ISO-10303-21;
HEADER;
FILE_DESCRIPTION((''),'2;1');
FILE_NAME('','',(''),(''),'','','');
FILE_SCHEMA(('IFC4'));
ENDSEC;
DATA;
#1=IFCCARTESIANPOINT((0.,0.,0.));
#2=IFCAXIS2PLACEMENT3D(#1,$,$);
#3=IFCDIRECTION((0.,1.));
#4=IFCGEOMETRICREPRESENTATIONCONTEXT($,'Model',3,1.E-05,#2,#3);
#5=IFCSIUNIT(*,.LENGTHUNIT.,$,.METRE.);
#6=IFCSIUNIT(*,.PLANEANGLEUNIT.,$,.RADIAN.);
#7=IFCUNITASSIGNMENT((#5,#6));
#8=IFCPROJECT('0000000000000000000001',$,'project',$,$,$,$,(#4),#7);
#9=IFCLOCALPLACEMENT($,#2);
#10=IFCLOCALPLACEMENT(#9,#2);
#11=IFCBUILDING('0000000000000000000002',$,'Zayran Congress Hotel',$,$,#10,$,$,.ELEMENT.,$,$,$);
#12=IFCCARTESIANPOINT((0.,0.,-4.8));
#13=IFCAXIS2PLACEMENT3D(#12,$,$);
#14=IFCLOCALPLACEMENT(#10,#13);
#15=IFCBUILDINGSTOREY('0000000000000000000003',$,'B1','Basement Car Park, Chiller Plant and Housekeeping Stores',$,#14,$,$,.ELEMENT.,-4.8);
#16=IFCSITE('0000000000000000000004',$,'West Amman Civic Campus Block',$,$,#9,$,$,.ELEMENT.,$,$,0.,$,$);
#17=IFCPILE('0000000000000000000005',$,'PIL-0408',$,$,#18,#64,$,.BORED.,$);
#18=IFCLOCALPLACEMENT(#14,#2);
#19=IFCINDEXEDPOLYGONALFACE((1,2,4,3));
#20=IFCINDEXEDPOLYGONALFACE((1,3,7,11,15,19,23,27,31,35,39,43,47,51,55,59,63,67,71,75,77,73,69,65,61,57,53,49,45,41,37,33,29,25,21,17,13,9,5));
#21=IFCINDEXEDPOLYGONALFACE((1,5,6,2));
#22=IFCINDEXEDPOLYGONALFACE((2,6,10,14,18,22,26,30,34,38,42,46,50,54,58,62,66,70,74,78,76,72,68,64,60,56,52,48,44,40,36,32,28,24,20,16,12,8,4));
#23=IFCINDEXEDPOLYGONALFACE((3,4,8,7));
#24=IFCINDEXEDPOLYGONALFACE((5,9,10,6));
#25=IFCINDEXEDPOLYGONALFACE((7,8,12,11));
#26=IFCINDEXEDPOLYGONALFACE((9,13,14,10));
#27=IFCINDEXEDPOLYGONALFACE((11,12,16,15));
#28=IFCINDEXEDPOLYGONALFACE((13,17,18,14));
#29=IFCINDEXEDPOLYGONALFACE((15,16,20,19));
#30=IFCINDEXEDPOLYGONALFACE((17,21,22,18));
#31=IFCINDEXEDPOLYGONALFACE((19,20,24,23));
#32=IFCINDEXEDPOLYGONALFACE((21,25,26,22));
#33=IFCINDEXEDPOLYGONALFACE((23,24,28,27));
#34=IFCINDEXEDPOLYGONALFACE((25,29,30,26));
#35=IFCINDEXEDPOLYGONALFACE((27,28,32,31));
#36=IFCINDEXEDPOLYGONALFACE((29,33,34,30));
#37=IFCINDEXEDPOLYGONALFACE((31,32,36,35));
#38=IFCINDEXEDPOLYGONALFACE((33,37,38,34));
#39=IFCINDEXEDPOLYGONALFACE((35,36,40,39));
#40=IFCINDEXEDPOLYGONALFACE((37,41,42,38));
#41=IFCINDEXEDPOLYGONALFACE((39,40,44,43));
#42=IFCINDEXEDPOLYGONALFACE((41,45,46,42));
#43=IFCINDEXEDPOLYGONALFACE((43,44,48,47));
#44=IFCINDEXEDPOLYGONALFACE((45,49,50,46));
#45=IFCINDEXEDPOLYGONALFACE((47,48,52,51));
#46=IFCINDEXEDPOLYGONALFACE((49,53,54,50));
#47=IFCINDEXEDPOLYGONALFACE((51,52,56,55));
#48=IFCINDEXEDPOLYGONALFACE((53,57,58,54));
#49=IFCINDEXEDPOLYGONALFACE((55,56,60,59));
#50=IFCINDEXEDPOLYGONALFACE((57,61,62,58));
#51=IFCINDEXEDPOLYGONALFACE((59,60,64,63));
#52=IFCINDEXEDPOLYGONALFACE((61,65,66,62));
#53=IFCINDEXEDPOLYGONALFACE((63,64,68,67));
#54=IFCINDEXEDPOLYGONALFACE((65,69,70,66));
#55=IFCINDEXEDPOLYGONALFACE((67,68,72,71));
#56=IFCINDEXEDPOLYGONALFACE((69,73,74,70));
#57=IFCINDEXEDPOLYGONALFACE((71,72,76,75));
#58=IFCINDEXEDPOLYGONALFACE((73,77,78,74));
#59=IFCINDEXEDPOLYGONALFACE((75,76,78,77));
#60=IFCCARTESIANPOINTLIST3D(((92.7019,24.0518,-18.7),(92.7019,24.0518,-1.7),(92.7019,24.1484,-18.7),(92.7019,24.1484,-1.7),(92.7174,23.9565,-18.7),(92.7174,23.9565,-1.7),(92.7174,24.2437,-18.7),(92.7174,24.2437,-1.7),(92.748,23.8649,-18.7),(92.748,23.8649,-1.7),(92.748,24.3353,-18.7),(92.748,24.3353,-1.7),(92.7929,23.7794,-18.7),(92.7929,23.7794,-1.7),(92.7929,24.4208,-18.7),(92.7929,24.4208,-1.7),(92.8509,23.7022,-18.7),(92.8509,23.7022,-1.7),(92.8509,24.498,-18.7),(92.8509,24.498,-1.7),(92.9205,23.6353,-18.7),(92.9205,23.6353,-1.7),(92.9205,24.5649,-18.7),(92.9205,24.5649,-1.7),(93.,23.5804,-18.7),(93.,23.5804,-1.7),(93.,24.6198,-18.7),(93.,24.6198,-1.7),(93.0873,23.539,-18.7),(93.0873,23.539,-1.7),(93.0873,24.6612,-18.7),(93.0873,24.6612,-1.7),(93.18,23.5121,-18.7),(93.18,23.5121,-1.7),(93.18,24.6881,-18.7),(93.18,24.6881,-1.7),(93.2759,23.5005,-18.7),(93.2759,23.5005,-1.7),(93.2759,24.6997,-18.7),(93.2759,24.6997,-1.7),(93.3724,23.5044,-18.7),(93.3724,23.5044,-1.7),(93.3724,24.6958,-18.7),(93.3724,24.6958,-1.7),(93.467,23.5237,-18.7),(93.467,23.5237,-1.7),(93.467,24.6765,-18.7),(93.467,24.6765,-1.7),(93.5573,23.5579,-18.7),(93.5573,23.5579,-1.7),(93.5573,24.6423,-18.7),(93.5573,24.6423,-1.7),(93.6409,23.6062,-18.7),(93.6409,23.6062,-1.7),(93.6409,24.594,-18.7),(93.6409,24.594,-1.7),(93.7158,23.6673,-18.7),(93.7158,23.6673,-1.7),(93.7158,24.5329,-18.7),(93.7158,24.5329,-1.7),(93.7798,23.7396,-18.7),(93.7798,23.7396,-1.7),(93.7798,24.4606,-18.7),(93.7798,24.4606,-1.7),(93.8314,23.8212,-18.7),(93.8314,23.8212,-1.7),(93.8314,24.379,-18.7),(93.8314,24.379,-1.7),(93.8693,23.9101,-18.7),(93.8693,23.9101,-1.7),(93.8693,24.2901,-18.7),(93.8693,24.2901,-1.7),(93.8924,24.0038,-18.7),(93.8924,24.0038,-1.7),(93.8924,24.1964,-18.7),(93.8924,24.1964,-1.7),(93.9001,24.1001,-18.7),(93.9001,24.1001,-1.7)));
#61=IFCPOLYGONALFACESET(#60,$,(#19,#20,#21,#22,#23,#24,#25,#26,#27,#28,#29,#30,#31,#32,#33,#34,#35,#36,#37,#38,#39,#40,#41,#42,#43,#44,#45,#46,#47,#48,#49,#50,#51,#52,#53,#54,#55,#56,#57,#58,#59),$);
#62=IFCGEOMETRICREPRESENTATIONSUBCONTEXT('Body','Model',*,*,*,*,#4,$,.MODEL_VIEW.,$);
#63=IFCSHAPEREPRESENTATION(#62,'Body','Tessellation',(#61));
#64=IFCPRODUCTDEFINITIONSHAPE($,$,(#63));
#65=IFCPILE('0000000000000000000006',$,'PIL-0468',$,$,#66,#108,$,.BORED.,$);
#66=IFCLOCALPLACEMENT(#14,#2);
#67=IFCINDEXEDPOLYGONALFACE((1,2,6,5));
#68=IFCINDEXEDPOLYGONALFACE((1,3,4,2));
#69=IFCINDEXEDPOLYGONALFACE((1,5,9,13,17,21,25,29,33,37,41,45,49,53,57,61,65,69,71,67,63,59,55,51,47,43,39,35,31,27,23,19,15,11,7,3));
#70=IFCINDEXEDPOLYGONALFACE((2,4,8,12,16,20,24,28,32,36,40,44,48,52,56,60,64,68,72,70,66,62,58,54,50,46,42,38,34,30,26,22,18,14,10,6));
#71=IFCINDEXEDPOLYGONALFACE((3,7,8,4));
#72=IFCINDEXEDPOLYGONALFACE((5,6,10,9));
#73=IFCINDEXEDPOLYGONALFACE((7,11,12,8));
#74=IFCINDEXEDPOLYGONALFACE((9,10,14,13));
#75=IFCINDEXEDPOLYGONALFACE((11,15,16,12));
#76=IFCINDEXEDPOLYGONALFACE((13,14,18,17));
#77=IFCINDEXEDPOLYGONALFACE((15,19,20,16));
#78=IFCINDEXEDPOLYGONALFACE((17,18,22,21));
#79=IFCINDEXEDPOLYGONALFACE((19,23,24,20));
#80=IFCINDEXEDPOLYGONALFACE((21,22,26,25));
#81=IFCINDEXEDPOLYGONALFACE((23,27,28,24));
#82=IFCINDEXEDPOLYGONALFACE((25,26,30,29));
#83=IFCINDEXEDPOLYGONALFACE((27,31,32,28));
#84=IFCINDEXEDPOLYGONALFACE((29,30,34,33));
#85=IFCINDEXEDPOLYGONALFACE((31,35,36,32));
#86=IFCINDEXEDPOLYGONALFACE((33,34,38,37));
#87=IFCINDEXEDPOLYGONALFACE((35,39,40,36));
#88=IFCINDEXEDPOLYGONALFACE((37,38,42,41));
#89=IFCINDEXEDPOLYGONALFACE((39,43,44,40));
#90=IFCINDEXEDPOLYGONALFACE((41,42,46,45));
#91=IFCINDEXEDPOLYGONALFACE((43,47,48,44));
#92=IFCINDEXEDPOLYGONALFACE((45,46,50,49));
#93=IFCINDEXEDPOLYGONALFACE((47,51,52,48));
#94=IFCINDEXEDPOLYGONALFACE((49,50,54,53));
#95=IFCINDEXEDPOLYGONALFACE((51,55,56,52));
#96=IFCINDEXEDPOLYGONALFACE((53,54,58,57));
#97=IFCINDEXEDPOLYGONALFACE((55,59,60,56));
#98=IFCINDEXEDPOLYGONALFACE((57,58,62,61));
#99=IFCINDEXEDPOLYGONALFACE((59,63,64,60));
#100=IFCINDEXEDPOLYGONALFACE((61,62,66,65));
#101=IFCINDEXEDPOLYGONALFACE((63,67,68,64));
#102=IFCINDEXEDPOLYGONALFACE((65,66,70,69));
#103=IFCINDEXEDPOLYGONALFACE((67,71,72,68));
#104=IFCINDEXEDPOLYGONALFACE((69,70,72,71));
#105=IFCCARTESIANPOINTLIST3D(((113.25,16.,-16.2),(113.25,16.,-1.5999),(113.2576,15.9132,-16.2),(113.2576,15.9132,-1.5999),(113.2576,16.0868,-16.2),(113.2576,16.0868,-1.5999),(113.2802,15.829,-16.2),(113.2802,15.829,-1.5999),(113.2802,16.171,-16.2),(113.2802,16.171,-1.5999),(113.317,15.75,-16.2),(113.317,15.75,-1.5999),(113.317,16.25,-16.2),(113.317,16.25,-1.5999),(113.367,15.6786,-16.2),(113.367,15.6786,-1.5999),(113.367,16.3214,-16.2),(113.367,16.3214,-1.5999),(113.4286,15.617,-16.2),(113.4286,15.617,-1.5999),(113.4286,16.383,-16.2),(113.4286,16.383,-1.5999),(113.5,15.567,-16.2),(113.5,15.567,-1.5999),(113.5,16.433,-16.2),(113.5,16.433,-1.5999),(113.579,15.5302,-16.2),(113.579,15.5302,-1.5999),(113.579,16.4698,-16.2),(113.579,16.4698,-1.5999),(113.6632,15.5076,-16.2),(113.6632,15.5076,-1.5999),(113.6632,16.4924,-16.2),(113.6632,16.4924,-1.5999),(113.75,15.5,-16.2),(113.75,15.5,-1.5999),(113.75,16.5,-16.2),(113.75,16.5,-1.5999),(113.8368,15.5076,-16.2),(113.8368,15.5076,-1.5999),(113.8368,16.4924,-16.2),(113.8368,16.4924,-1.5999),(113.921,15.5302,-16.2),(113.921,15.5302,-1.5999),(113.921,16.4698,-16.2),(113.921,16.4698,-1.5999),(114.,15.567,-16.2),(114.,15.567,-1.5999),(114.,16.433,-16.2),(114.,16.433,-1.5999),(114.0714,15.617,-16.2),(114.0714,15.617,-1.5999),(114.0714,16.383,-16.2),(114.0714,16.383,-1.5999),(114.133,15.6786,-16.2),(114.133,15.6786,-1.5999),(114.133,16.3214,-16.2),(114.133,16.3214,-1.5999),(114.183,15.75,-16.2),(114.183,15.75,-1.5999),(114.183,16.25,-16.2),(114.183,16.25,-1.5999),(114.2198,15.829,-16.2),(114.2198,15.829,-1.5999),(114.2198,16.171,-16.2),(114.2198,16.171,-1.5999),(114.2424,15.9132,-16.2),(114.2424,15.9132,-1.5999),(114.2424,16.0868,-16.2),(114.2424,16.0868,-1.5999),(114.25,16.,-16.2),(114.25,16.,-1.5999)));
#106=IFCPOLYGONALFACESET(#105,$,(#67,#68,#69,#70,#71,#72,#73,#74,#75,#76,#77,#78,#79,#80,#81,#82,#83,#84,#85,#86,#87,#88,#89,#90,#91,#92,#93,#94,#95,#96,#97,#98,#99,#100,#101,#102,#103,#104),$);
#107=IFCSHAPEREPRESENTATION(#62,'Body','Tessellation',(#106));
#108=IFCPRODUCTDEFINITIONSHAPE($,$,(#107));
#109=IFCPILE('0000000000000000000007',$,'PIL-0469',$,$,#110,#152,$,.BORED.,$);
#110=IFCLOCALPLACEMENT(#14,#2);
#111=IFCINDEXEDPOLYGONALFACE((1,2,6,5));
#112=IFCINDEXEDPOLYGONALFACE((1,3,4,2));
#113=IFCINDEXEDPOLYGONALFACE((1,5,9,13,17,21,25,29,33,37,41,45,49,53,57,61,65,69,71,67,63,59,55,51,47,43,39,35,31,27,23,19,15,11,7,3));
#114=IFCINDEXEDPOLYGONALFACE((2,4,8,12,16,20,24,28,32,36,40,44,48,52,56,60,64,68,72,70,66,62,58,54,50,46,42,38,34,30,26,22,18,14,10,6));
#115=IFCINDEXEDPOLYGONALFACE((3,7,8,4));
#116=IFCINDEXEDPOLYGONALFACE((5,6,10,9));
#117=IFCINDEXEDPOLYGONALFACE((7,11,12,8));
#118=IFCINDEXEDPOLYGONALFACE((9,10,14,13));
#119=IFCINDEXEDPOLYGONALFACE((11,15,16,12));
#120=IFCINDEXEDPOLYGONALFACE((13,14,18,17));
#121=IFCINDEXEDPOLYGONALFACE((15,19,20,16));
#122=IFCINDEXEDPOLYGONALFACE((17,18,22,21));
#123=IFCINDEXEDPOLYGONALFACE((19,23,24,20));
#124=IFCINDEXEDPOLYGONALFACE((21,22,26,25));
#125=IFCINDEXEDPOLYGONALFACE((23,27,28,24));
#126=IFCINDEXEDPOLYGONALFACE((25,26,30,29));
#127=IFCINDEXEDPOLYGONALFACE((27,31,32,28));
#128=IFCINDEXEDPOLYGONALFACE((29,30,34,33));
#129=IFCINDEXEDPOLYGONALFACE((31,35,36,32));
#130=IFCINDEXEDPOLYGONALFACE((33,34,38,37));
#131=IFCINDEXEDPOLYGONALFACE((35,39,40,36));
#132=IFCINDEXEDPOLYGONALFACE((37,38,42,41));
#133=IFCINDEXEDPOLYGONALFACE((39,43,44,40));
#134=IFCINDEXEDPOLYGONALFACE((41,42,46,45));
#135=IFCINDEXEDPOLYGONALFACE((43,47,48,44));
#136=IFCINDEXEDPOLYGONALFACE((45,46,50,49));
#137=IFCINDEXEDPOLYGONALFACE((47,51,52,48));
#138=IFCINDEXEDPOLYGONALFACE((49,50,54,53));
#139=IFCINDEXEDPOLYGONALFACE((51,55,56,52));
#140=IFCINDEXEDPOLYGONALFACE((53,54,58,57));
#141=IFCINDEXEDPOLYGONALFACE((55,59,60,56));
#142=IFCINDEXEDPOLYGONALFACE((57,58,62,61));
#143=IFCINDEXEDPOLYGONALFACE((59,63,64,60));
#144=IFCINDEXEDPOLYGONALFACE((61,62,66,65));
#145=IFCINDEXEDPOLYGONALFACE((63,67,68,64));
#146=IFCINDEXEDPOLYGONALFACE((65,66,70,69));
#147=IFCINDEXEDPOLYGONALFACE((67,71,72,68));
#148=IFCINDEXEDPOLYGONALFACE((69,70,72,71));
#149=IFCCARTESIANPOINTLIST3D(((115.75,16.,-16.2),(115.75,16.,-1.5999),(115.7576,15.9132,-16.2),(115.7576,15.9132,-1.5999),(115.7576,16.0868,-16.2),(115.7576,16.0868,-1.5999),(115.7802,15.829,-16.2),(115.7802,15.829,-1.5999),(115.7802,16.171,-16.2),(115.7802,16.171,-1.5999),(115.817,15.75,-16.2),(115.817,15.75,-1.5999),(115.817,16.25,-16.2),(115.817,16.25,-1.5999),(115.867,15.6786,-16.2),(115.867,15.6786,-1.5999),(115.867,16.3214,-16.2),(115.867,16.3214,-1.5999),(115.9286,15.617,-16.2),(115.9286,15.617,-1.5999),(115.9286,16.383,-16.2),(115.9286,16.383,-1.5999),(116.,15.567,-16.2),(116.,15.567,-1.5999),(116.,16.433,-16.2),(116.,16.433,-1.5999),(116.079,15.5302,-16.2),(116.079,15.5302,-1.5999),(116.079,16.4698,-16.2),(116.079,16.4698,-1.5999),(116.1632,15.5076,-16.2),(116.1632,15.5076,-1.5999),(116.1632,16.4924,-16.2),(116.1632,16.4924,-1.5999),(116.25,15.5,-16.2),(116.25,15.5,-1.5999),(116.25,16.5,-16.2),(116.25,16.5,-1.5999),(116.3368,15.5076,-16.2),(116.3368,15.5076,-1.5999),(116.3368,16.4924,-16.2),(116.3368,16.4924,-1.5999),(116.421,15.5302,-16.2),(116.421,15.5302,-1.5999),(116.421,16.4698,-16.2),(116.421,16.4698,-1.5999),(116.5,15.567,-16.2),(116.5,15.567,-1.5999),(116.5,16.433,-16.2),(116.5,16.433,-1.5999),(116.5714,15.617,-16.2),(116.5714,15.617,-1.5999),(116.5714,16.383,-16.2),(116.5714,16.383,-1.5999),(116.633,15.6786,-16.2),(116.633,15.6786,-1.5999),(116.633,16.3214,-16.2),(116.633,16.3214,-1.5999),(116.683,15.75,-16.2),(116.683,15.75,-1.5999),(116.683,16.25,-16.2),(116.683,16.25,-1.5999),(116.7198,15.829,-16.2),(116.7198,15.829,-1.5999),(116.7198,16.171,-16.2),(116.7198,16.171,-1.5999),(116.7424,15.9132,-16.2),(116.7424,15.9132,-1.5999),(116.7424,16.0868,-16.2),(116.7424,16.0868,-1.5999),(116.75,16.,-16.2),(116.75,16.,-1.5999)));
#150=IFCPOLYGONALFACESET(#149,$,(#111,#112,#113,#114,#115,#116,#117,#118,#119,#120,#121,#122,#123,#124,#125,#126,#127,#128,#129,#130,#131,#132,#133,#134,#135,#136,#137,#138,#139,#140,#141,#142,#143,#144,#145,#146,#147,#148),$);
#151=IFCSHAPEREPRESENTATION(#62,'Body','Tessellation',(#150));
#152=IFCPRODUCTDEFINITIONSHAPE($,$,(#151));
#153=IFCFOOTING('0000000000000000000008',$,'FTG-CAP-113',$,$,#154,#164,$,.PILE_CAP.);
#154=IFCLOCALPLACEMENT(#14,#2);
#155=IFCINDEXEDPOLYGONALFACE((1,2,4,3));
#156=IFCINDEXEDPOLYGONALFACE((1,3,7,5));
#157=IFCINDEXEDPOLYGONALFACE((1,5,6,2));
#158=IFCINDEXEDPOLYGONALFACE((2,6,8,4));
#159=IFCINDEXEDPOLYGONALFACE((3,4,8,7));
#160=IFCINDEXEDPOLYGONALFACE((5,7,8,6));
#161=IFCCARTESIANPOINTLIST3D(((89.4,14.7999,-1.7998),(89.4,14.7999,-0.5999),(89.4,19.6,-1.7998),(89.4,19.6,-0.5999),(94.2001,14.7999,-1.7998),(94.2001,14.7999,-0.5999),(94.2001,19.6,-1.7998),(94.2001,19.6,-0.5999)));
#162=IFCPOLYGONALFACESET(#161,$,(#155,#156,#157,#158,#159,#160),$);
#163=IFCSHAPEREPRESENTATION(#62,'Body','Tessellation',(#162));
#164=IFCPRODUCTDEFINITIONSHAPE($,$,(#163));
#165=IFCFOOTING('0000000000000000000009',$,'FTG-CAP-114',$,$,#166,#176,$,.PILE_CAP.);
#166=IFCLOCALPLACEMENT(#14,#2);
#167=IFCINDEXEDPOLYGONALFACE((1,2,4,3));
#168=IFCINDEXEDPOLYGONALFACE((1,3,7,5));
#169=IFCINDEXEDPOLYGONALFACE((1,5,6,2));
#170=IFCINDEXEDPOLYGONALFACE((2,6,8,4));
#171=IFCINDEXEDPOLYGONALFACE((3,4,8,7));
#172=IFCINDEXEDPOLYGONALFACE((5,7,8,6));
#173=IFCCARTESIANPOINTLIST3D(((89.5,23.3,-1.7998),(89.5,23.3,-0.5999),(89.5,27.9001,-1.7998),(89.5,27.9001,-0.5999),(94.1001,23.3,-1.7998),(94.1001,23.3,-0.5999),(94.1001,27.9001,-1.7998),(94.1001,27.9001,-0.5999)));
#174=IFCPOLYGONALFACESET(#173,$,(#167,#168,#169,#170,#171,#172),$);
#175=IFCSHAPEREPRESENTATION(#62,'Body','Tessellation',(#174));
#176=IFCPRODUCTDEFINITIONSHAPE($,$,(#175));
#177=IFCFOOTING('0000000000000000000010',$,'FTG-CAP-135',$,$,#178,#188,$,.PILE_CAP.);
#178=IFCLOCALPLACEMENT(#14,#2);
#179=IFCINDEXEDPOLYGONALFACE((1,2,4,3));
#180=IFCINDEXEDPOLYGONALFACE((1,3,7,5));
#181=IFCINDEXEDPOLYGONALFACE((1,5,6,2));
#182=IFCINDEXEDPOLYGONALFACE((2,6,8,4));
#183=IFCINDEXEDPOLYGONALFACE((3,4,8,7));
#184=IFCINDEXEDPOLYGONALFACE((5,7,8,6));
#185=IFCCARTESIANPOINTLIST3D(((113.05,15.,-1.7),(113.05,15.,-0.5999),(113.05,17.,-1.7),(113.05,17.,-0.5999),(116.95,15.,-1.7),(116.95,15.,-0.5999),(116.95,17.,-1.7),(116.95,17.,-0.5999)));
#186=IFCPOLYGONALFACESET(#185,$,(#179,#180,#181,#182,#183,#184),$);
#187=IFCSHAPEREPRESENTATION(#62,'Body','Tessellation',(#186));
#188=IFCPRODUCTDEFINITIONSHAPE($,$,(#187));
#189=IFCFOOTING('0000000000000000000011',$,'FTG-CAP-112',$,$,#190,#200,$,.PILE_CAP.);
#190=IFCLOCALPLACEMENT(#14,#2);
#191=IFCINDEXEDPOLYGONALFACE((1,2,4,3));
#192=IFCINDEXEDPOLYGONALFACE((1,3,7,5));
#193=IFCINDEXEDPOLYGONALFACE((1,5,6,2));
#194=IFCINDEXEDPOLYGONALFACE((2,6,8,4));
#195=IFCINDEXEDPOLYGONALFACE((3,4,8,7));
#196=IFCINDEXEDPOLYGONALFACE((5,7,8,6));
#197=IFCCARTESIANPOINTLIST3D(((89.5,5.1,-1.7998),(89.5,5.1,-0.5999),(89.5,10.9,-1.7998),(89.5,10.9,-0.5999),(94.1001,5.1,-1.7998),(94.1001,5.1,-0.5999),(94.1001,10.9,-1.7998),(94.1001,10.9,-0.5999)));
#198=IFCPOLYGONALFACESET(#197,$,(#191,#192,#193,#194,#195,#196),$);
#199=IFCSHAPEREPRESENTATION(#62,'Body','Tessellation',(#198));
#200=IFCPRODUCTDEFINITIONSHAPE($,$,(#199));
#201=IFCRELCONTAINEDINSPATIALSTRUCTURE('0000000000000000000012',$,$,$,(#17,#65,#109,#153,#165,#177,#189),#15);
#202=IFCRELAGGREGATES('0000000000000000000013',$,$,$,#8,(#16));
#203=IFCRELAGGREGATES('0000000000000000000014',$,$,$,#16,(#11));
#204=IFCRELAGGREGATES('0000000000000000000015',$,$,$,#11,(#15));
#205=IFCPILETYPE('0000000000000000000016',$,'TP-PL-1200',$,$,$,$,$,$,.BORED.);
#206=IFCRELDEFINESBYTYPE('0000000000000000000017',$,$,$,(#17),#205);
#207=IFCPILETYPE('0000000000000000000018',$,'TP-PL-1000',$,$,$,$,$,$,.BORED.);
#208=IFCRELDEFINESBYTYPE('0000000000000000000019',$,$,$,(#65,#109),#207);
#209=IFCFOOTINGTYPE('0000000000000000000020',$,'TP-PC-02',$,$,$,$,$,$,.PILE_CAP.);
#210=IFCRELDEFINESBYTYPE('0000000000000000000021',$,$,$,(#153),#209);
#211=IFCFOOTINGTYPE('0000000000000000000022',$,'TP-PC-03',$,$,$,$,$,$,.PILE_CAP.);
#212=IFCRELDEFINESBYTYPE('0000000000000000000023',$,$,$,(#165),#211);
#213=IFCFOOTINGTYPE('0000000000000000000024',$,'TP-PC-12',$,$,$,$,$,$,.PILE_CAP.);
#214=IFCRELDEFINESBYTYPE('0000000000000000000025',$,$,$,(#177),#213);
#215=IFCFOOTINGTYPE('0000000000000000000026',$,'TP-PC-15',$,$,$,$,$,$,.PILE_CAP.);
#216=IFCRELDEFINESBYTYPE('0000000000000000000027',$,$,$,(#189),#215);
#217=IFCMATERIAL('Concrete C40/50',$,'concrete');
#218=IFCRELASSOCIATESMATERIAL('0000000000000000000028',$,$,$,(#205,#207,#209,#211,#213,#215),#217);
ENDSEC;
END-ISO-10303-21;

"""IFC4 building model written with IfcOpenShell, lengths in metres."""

from ifc_helpers import new_model, si_unit, direction, frame, origin, origin_2d, place, context, subcontext, project, spatial, rectangle, circle, extrude, material, material_profile, profile_set, type_object, element, save


model = new_model("IFC4")

# Units and contexts
model_context = context("Model", 3, precision=1e-05, world=origin(), true_north=direction((0.0, 1.0)))
body_context = subcontext(model_context, "Body", "Model", "MODEL_VIEW")
ifc_project = project(units=[si_unit("LENGTHUNIT", "METRE"), si_unit("PLANEANGLEUNIT", "RADIAN")], contexts=[model_context])

# Site, building, storey
site_placement = place(None, origin())
site = spatial("IfcSite", under=ifc_project, at=site_placement, Name="West Amman Civic Campus Block", CompositionType="ELEMENT", RefElevation=0.0)
building_placement = place(site_placement, origin())
building = spatial("IfcBuilding", under=site, at=building_placement, Name="Zayran Congress Hotel", CompositionType="ELEMENT")
storey_placement = place(building_placement, frame((0.0, 0.0, -4.8)))
storey = spatial("IfcBuildingStorey", under=building, at=storey_placement, Name="B1", Description="Basement Car Park, Chiller Plant and Housekeeping Stores", CompositionType="ELEMENT", Elevation=-4.8)

# Piles
ifc_material_1 = material(Name="Concrete C40/50", Category="concrete")
ifc_material_profile_1 = material_profile(ifc_material_1, circle(Radius=0.6001, at=origin_2d()), Name="PILE D1200")
ifc_profile_set_1 = profile_set([ifc_material_profile_1], Name="Concrete C40/50")
pile_type_1 = type_object("IfcPileType", Name="TP-PL-1200", PredefinedType="BORED", material=ifc_profile_set_1)
for number, where, z_axis, x_axis, name in (
    (1, (93.3, 24.1001, -1.7), (0.0, 0.0, -1.0), (1.0, 0.0, 0.0), "PIL-0408"),
):
    element("IfcPile", number, at=place(storey_placement, frame(where, z_axis=z_axis, x_axis=x_axis)), inside=storey, type_object=pile_type_1, Name=name, PredefinedType="BORED", context=body_context, shape_type="SweptSolid", body=[
        extrude(circle(Radius=0.6001, at=origin_2d()), origin(), (0.0, 0.0, 1.0), 17.0),
    ])
ifc_material_profile_2 = material_profile(ifc_material_1, circle(Radius=0.5, at=origin_2d()), Name="PILE D1000")
ifc_profile_set_2 = profile_set([ifc_material_profile_2], Name="Concrete C40/50")
pile_type_2 = type_object("IfcPileType", Name="TP-PL-1000", PredefinedType="BORED", material=ifc_profile_set_2)
for number, where, z_axis, x_axis, name in (
    (2, (113.75, 16.0, -1.5999), (0.0, 0.0, -1.0), (1.0, 0.0, 0.0), "PIL-0468"),
    (3, (116.25, 16.0, -1.5999), (0.0, 0.0, -1.0), (1.0, 0.0, 0.0), "PIL-0469"),
):
    element("IfcPile", number, at=place(storey_placement, frame(where, z_axis=z_axis, x_axis=x_axis)), inside=storey, type_object=pile_type_2, Name=name, PredefinedType="BORED", context=body_context, shape_type="SweptSolid", body=[
        extrude(circle(Radius=0.5, at=origin_2d()), origin(), (0.0, 0.0, 1.0), 14.6001),
    ])

# Footings
footing_type_1 = type_object("IfcFootingType", Name="TP-PC-02", PredefinedType="PILE_CAP", material=ifc_material_1)
footing_1_placement = place(storey_placement, frame((91.8, 17.2, -1.7998), z_axis=(0.0, 0.0, 1.0), x_axis=(1.0, 0.0, 0.0)))
element("IfcFooting", 4, at=footing_1_placement, inside=storey, type_object=footing_type_1, Name="FTG-CAP-113", PredefinedType="PILE_CAP", context=body_context, shape_type="SweptSolid", body=[
    extrude(rectangle(XDim=4.8, YDim=4.8, at=origin_2d()), origin(), (0.0, 0.0, 1.0), 1.2),
])
footing_type_2 = type_object("IfcFootingType", Name="TP-PC-03", PredefinedType="PILE_CAP", material=ifc_material_1)
footing_2_placement = place(storey_placement, frame((91.8, 25.6001, -1.7998), z_axis=(0.0, 0.0, 1.0), x_axis=(1.0, 0.0, 0.0)))
element("IfcFooting", 5, at=footing_2_placement, inside=storey, type_object=footing_type_2, Name="FTG-CAP-114", PredefinedType="PILE_CAP", context=body_context, shape_type="SweptSolid", body=[
    extrude(rectangle(XDim=4.6001, YDim=4.6001, at=origin_2d()), origin(), (0.0, 0.0, 1.0), 1.2),
])
footing_type_3 = type_object("IfcFootingType", Name="TP-PC-12", PredefinedType="PILE_CAP", material=ifc_material_1)
footing_3_placement = place(storey_placement, frame((115.0, 16.0, -1.7), z_axis=(0.0, 0.0, 1.0), x_axis=(1.0, 0.0, 0.0)))
element("IfcFooting", 6, at=footing_3_placement, inside=storey, type_object=footing_type_3, Name="FTG-CAP-135", PredefinedType="PILE_CAP", context=body_context, shape_type="SweptSolid", body=[
    extrude(rectangle(XDim=3.8999, YDim=2.0, at=origin_2d()), origin(), (0.0, 0.0, 1.0), 1.1001),
])
footing_type_4 = type_object("IfcFootingType", Name="TP-PC-15", PredefinedType="PILE_CAP", material=ifc_material_1)
footing_4_placement = place(storey_placement, frame((91.8, 8.0, -1.7998), z_axis=(0.0, 0.0, 1.0), x_axis=(1.0, 0.0, 0.0)))
element("IfcFooting", 7, at=footing_4_placement, inside=storey, type_object=footing_type_4, Name="FTG-CAP-112", PredefinedType="PILE_CAP", context=body_context, shape_type="SweptSolid", body=[
    extrude(rectangle(XDim=4.6001, YDim=5.8, at=origin_2d()), origin(), (0.0, 0.0, 1.0), 1.2),
])

save(model, "model.ifc")
